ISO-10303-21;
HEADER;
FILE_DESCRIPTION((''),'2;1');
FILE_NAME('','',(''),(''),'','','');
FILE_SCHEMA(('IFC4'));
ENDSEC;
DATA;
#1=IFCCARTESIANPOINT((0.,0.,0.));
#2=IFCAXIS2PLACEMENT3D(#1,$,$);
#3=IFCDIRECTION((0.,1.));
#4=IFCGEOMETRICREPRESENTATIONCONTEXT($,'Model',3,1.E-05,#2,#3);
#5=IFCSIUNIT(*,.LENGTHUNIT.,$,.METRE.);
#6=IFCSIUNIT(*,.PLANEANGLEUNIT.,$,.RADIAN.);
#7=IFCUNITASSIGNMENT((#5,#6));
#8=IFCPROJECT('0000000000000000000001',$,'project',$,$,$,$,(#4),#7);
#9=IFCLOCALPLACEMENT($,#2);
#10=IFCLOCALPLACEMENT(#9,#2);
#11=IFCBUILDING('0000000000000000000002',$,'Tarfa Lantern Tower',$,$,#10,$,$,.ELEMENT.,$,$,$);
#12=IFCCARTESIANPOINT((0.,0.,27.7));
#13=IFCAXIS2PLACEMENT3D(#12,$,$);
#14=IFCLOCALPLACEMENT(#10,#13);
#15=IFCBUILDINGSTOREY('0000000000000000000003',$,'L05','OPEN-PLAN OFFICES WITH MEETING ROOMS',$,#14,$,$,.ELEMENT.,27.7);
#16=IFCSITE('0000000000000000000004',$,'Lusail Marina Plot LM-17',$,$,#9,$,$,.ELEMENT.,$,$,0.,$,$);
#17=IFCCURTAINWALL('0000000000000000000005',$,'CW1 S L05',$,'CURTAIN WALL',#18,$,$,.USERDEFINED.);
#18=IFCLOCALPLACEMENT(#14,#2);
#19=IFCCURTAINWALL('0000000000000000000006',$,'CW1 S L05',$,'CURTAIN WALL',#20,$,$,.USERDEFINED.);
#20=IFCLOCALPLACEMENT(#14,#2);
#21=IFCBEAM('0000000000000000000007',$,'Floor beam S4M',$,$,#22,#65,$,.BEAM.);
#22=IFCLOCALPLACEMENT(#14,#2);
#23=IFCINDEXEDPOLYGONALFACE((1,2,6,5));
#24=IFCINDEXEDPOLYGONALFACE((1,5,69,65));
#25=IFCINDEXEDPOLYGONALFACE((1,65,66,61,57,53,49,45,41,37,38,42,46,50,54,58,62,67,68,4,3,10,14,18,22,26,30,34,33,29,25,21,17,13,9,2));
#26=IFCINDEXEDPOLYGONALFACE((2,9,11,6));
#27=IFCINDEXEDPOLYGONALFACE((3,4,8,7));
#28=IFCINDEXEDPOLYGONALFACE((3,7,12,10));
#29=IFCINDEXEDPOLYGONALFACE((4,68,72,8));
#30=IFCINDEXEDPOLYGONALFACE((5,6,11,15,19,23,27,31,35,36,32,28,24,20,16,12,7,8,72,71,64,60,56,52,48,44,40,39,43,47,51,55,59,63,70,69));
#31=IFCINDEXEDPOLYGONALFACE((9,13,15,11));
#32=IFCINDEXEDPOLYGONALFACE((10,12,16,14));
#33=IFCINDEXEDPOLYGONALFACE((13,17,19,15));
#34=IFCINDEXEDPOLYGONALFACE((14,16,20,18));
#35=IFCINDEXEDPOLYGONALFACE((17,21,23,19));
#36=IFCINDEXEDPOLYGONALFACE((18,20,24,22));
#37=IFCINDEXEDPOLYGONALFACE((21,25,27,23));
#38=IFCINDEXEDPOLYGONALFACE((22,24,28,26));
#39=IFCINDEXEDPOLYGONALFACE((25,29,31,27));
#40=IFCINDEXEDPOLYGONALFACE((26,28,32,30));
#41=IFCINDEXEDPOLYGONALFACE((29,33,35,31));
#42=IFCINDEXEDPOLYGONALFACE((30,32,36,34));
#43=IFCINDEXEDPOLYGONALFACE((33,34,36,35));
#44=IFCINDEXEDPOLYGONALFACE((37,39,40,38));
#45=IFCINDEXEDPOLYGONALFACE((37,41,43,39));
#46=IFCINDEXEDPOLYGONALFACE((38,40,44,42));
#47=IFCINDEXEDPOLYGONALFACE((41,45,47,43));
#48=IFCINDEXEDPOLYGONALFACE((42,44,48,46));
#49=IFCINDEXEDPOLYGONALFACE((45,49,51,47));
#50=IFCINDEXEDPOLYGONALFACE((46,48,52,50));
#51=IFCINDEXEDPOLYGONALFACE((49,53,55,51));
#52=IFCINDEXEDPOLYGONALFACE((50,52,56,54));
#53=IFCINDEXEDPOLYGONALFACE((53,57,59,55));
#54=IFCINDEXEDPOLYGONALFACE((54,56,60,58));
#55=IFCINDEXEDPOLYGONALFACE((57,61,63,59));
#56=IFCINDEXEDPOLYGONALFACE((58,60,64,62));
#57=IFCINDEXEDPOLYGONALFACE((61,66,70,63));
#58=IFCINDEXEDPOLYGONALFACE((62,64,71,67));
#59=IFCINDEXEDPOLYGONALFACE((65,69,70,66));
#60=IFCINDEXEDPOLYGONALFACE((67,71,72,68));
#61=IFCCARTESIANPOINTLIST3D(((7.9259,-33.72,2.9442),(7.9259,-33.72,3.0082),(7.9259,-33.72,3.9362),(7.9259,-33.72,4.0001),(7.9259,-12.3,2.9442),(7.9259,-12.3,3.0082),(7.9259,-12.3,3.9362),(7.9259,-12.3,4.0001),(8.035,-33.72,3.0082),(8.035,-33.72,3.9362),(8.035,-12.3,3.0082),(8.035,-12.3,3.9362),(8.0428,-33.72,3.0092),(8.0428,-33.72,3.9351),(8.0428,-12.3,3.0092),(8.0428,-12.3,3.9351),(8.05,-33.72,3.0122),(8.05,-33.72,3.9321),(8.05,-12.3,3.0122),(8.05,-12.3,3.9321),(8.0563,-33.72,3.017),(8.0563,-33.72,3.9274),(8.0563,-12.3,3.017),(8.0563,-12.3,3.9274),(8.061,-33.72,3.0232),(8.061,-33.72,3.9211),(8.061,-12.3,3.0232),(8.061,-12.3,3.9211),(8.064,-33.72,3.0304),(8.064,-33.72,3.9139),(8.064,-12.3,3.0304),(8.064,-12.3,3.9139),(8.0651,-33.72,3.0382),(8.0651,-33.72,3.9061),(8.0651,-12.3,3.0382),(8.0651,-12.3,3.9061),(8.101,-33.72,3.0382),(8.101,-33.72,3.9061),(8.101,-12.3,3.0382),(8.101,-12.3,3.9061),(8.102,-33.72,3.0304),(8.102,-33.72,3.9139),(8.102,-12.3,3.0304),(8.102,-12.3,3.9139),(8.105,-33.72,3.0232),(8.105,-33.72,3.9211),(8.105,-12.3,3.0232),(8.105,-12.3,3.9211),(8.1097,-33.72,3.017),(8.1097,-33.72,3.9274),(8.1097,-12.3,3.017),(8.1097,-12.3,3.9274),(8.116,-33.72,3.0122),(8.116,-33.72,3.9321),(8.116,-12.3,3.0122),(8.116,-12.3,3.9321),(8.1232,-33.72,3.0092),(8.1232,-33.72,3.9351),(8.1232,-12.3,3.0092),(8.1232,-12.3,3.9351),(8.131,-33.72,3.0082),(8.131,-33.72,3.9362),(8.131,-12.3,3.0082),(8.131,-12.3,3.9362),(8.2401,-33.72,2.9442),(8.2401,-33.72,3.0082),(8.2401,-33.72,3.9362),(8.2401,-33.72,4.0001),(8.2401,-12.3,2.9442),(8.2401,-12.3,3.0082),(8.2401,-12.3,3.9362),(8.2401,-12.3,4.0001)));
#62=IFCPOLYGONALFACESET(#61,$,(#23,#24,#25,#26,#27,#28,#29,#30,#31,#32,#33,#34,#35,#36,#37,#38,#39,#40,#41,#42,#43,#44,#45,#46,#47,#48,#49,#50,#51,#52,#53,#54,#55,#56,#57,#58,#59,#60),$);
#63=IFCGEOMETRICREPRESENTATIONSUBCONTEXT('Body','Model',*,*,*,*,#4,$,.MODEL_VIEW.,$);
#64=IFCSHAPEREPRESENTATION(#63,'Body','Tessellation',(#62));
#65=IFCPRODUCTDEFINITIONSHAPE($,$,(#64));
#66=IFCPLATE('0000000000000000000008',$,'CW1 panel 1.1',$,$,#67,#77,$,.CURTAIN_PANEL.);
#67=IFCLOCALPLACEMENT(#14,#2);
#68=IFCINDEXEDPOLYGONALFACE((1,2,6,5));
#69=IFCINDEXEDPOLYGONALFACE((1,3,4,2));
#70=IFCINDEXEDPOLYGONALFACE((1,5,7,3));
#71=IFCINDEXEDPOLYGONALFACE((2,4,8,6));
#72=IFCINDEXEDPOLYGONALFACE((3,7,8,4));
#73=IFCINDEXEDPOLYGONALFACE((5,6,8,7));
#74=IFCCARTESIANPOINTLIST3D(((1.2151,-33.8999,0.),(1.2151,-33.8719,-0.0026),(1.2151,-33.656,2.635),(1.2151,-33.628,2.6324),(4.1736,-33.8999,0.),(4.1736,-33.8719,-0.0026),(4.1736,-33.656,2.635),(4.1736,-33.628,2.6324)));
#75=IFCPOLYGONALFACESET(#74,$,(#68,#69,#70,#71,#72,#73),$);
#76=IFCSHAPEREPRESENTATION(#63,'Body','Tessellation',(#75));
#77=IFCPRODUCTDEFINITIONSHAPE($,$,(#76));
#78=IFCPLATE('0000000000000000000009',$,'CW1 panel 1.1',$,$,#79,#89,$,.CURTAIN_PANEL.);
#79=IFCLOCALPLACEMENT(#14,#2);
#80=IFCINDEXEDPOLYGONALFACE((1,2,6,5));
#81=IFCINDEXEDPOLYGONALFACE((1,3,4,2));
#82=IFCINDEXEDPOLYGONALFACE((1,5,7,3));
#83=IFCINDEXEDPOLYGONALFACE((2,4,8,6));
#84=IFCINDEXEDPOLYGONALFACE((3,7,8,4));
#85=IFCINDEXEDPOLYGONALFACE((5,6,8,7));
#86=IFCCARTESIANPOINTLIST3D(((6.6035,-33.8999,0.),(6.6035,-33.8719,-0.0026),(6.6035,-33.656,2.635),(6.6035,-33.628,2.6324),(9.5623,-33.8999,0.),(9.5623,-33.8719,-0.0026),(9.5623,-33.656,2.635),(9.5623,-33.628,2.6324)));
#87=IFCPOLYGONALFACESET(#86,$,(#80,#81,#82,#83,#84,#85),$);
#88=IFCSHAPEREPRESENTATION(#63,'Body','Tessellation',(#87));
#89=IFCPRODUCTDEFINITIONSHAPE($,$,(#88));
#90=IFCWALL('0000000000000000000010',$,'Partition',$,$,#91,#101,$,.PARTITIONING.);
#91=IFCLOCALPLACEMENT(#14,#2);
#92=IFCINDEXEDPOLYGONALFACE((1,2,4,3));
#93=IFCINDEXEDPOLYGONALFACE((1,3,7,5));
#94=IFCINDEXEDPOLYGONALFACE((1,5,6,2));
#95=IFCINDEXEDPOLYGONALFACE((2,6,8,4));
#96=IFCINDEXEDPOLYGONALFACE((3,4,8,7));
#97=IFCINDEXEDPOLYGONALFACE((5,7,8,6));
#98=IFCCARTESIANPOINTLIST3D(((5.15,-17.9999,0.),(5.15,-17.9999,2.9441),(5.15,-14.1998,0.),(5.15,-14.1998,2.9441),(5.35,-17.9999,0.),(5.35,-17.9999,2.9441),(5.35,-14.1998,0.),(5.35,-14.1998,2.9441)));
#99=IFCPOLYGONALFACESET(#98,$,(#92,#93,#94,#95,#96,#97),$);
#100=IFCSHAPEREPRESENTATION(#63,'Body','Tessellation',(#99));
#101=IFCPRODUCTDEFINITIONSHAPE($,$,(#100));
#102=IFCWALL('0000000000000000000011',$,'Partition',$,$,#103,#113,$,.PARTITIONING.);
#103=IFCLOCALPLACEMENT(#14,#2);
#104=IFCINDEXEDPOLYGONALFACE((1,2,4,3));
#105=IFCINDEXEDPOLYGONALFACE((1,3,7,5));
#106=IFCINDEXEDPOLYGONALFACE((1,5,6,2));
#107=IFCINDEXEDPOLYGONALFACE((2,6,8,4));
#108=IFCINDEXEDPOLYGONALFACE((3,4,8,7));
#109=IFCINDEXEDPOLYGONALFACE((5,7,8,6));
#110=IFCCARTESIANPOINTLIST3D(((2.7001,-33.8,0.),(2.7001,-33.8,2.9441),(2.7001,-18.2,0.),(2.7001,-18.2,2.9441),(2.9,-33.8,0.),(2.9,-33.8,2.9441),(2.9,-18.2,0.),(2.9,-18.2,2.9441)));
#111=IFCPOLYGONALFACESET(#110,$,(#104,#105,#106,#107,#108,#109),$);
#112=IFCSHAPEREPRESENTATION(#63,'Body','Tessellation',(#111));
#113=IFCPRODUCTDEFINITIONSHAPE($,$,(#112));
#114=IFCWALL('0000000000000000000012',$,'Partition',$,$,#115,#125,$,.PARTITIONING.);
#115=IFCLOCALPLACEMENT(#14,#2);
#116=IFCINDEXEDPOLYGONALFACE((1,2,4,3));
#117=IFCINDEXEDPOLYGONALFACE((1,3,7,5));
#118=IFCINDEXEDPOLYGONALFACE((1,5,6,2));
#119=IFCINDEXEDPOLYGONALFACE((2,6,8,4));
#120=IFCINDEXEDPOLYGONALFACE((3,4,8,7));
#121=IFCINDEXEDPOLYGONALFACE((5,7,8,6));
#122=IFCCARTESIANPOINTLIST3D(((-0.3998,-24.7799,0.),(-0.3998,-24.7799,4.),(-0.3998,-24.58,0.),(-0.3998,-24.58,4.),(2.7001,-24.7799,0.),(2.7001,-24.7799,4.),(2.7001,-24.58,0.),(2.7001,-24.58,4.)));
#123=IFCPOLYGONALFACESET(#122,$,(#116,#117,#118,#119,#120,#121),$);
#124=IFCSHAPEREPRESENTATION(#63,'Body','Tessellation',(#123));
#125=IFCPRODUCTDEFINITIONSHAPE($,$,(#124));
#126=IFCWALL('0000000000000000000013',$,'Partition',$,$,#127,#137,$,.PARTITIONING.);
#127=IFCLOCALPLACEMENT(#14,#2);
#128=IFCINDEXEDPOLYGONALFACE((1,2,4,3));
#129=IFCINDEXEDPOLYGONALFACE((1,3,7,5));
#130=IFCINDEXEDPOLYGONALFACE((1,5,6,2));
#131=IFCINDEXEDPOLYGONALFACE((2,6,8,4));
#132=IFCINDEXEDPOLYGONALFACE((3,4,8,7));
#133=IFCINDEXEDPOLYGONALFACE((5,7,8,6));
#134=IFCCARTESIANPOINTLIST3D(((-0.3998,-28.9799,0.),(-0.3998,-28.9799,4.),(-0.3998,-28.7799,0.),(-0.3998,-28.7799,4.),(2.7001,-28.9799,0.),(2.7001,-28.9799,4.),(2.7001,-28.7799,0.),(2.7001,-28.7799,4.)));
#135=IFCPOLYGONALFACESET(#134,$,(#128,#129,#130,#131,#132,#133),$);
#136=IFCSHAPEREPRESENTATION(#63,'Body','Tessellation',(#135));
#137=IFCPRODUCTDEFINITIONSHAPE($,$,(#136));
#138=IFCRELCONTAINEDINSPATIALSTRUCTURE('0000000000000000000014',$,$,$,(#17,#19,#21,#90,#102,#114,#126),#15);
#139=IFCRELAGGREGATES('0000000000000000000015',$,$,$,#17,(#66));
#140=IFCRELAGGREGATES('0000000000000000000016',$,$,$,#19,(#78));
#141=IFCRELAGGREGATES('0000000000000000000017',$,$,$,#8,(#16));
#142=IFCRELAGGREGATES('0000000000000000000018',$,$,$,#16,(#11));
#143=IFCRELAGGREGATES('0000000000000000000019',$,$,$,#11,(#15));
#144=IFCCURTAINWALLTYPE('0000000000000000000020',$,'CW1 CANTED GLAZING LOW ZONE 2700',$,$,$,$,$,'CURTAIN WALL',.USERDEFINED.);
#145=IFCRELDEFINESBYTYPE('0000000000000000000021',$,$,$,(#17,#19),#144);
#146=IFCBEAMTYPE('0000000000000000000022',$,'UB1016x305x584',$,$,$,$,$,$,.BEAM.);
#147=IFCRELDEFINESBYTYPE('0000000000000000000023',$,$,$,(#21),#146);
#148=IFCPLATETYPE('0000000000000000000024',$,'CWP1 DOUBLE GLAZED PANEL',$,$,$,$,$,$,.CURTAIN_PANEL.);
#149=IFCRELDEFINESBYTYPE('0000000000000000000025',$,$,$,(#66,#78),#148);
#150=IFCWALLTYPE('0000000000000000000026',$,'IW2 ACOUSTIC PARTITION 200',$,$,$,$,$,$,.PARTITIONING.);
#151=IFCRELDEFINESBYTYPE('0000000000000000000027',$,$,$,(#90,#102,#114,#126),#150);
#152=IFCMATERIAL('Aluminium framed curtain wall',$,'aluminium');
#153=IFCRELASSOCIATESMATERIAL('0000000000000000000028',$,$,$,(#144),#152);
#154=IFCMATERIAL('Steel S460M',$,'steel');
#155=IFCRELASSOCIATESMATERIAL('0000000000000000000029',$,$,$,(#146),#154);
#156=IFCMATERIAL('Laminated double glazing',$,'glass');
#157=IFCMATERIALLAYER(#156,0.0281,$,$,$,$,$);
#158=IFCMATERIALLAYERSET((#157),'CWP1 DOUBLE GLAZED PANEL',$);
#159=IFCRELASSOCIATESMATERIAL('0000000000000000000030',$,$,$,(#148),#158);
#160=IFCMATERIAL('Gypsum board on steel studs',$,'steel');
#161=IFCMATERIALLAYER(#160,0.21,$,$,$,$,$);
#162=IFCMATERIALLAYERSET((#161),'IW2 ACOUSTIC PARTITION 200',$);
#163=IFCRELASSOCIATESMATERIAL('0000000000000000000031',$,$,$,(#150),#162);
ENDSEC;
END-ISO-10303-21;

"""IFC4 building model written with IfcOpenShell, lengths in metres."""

from ifc_helpers import new_model, si_unit, direction, frame, frame_2d, origin, origin_2d, place, context, subcontext, project, spatial, polyline, rectangle, i_section, outline, extrude, material, layer, layer_set, material_profile, profile_set, type_object, element, aggregate, save


model = new_model("IFC4")

# Units and contexts
model_context = context("Model", 3, precision=1e-05, world=origin(), true_north=direction((0.0, 1.0)))
body_context = subcontext(model_context, "Body", "Model", "MODEL_VIEW")
ifc_project = project(units=[si_unit("LENGTHUNIT", "METRE"), si_unit("PLANEANGLEUNIT", "RADIAN")], contexts=[model_context])

# Site, building, storey
site_placement = place(None, origin())
site = spatial("IfcSite", under=ifc_project, at=site_placement, Name="Lusail Marina Plot LM-17", CompositionType="ELEMENT", RefElevation=0.0)
building_placement = place(site_placement, origin())
building = spatial("IfcBuilding", under=site, at=building_placement, Name="Tarfa Lantern Tower", CompositionType="ELEMENT")
storey_placement = place(building_placement, frame((0.0, 0.0, 27.7)))
storey = spatial("IfcBuildingStorey", under=building, at=storey_placement, Name="L05", Description="OPEN-PLAN OFFICES WITH MEETING ROOMS", CompositionType="ELEMENT", Elevation=27.7)

# Curtain walls
ifc_material_1 = material(Name="Aluminium framed curtain wall", Category="aluminium")
curtain_wall_type = type_object("IfcCurtainWallType", Name="CW1 CANTED GLAZING LOW ZONE 2700", ElementType="CURTAIN WALL", PredefinedType="USERDEFINED", material=ifc_material_1)
curtain_wall_1_placement = place(storey_placement, origin())
curtain_wall_1 = element("IfcCurtainWall", 1, at=curtain_wall_1_placement, inside=storey, type_object=curtain_wall_type, Name="CW1 S L05", ObjectType="CURTAIN WALL", PredefinedType="USERDEFINED")
curtain_wall_2_placement = place(storey_placement, origin())
curtain_wall_2 = element("IfcCurtainWall", 2, at=curtain_wall_2_placement, inside=storey, type_object=curtain_wall_type, Name="CW1 S L05", ObjectType="CURTAIN WALL", PredefinedType="USERDEFINED")

# Beam
ifc_material_2 = material(Name="Steel S460M", Category="steel")
ifc_material_profile_1 = material_profile(ifc_material_2, i_section(OverallWidth=0.3142, OverallDepth=1.0559, WebThickness=0.0359, FlangeThickness=0.064, FilletRadius=0.03, at=origin_2d()), Name="UB1016x305x584")
ifc_profile_set_1 = profile_set([ifc_material_profile_1], Name="Steel S460M")
beam_type_1 = type_object("IfcBeamType", Name="UB1016x305x584", PredefinedType="BEAM", material=ifc_profile_set_1)
for number, where, z_axis, x_axis, name in (
    (3, (8.083, -33.72, 3.4722), (0.0, 1.0, 0.0), (-1.0, 0.0, 0.0), "Floor beam S4M"),
):
    element("IfcBeam", number, at=place(storey_placement, frame(where, z_axis=z_axis, x_axis=x_axis)), inside=storey, type_object=beam_type_1, Name=name, PredefinedType="BEAM", context=body_context, shape_type="SweptSolid", body=[
        extrude(i_section(OverallWidth=0.3142, OverallDepth=1.0559, WebThickness=0.0359, FlangeThickness=0.064, FilletRadius=0.03, at=origin_2d()), origin(), (0.0, 0.0, 1.0), 21.4199),
    ])

# Plates
ifc_material_3 = material(Name="Laminated double glazing", Category="glass")
ifc_layer_1 = layer(ifc_material_3, 0.0281)
ifc_layer_set_1 = layer_set([ifc_layer_1], Name="CWP1 DOUBLE GLAZED PANEL")
plate_type = type_object("IfcPlateType", Name="CWP1 DOUBLE GLAZED PANEL", PredefinedType="CURTAIN_PANEL", material=ifc_layer_set_1)
plate_1_placement = place(storey_placement, frame((1.2151, -33.8999, 0.0), z_axis=(0.0, -0.995744, 0.092166), x_axis=(1.0, 0.0, 0.0)))
plate_1 = element("IfcPlate", 4, at=plate_1_placement, type_object=plate_type, Name="CW1 panel 1.1", PredefinedType="CURTAIN_PANEL", context=body_context, shape_type="SweptSolid", body=[
    extrude(outline(polyline([(0.0, 0.0), (2.9585, 0.0), (2.9585, 2.6463), (0.0, 2.6463), (0.0, 0.0)])), origin(), (0.0, 0.0, -1.0), 0.0281),
])
aggregate(curtain_wall_1, [plate_1])
plate_2_placement = place(storey_placement, frame((6.6035, -33.8999, 0.0), z_axis=(0.0, -0.995744, 0.092166), x_axis=(1.0, 0.0, 0.0)))
plate_2 = element("IfcPlate", 5, at=plate_2_placement, type_object=plate_type, Name="CW1 panel 1.1", PredefinedType="CURTAIN_PANEL", context=body_context, shape_type="SweptSolid", body=[
    extrude(outline(polyline([(0.0, 0.0), (2.9587, 0.0), (2.9587, 2.6463), (0.0, 2.6463), (0.0, 0.0)])), origin(), (0.0, 0.0, -1.0), 0.0281),
])
aggregate(curtain_wall_2, [plate_2])

# Walls
ifc_material_4 = material(Name="Gypsum board on steel studs", Category="steel")
ifc_layer_2 = layer(ifc_material_4, 0.21)
ifc_layer_set_2 = layer_set([ifc_layer_2], Name="IW2 ACOUSTIC PARTITION 200")
wall_type = type_object("IfcWallType", Name="IW2 ACOUSTIC PARTITION 200", PredefinedType="PARTITIONING", material=ifc_layer_set_2)
wall_1_placement = place(storey_placement, frame((5.25, -14.2, 0.0), z_axis=(0.0, 0.0, 1.0), x_axis=(0.0, -1.0, 0.0)))
element("IfcWall", 6, at=wall_1_placement, inside=storey, type_object=wall_type, Name="Partition", PredefinedType="PARTITIONING", context=body_context, shape_type="SweptSolid", body=[
    extrude(rectangle(XDim=3.8, YDim=0.2, at=frame_2d((1.8999, 0.0))), origin(), (0.0, 0.0, 1.0), 2.9441),
])
wall_2_placement = place(storey_placement, frame((2.8, -18.2, 0.0), z_axis=(0.0, 0.0, 1.0), x_axis=(0.0, -1.0, 0.0)))
element("IfcWall", 7, at=wall_2_placement, inside=storey, type_object=wall_type, Name="Partition", PredefinedType="PARTITIONING", context=body_context, shape_type="SweptSolid", body=[
    extrude(rectangle(XDim=15.6001, YDim=0.2, at=frame_2d((7.8, 0.0))), origin(), (0.0, 0.0, 1.0), 2.9441),
])
for number, where, z_axis, x_axis, name in (
    (8, (2.7, -24.6799, 0.0), (0.0, 0.0, 1.0), (-1.0, 0.0, 0.0), "Partition"),
    (9, (2.7, -28.8799, 0.0), (0.0, 0.0, 1.0), (-1.0, 0.0, 0.0), "Partition"),
):
    element("IfcWall", number, at=place(storey_placement, frame(where, z_axis=z_axis, x_axis=x_axis)), inside=storey, type_object=wall_type, Name=name, PredefinedType="PARTITIONING", context=body_context, shape_type="SweptSolid", body=[
        extrude(rectangle(XDim=3.0999, YDim=0.2, at=frame_2d((1.5498, 0.0))), origin(), (0.0, 0.0, 1.0), 4.0),
    ])

save(model, "model.ifc")
